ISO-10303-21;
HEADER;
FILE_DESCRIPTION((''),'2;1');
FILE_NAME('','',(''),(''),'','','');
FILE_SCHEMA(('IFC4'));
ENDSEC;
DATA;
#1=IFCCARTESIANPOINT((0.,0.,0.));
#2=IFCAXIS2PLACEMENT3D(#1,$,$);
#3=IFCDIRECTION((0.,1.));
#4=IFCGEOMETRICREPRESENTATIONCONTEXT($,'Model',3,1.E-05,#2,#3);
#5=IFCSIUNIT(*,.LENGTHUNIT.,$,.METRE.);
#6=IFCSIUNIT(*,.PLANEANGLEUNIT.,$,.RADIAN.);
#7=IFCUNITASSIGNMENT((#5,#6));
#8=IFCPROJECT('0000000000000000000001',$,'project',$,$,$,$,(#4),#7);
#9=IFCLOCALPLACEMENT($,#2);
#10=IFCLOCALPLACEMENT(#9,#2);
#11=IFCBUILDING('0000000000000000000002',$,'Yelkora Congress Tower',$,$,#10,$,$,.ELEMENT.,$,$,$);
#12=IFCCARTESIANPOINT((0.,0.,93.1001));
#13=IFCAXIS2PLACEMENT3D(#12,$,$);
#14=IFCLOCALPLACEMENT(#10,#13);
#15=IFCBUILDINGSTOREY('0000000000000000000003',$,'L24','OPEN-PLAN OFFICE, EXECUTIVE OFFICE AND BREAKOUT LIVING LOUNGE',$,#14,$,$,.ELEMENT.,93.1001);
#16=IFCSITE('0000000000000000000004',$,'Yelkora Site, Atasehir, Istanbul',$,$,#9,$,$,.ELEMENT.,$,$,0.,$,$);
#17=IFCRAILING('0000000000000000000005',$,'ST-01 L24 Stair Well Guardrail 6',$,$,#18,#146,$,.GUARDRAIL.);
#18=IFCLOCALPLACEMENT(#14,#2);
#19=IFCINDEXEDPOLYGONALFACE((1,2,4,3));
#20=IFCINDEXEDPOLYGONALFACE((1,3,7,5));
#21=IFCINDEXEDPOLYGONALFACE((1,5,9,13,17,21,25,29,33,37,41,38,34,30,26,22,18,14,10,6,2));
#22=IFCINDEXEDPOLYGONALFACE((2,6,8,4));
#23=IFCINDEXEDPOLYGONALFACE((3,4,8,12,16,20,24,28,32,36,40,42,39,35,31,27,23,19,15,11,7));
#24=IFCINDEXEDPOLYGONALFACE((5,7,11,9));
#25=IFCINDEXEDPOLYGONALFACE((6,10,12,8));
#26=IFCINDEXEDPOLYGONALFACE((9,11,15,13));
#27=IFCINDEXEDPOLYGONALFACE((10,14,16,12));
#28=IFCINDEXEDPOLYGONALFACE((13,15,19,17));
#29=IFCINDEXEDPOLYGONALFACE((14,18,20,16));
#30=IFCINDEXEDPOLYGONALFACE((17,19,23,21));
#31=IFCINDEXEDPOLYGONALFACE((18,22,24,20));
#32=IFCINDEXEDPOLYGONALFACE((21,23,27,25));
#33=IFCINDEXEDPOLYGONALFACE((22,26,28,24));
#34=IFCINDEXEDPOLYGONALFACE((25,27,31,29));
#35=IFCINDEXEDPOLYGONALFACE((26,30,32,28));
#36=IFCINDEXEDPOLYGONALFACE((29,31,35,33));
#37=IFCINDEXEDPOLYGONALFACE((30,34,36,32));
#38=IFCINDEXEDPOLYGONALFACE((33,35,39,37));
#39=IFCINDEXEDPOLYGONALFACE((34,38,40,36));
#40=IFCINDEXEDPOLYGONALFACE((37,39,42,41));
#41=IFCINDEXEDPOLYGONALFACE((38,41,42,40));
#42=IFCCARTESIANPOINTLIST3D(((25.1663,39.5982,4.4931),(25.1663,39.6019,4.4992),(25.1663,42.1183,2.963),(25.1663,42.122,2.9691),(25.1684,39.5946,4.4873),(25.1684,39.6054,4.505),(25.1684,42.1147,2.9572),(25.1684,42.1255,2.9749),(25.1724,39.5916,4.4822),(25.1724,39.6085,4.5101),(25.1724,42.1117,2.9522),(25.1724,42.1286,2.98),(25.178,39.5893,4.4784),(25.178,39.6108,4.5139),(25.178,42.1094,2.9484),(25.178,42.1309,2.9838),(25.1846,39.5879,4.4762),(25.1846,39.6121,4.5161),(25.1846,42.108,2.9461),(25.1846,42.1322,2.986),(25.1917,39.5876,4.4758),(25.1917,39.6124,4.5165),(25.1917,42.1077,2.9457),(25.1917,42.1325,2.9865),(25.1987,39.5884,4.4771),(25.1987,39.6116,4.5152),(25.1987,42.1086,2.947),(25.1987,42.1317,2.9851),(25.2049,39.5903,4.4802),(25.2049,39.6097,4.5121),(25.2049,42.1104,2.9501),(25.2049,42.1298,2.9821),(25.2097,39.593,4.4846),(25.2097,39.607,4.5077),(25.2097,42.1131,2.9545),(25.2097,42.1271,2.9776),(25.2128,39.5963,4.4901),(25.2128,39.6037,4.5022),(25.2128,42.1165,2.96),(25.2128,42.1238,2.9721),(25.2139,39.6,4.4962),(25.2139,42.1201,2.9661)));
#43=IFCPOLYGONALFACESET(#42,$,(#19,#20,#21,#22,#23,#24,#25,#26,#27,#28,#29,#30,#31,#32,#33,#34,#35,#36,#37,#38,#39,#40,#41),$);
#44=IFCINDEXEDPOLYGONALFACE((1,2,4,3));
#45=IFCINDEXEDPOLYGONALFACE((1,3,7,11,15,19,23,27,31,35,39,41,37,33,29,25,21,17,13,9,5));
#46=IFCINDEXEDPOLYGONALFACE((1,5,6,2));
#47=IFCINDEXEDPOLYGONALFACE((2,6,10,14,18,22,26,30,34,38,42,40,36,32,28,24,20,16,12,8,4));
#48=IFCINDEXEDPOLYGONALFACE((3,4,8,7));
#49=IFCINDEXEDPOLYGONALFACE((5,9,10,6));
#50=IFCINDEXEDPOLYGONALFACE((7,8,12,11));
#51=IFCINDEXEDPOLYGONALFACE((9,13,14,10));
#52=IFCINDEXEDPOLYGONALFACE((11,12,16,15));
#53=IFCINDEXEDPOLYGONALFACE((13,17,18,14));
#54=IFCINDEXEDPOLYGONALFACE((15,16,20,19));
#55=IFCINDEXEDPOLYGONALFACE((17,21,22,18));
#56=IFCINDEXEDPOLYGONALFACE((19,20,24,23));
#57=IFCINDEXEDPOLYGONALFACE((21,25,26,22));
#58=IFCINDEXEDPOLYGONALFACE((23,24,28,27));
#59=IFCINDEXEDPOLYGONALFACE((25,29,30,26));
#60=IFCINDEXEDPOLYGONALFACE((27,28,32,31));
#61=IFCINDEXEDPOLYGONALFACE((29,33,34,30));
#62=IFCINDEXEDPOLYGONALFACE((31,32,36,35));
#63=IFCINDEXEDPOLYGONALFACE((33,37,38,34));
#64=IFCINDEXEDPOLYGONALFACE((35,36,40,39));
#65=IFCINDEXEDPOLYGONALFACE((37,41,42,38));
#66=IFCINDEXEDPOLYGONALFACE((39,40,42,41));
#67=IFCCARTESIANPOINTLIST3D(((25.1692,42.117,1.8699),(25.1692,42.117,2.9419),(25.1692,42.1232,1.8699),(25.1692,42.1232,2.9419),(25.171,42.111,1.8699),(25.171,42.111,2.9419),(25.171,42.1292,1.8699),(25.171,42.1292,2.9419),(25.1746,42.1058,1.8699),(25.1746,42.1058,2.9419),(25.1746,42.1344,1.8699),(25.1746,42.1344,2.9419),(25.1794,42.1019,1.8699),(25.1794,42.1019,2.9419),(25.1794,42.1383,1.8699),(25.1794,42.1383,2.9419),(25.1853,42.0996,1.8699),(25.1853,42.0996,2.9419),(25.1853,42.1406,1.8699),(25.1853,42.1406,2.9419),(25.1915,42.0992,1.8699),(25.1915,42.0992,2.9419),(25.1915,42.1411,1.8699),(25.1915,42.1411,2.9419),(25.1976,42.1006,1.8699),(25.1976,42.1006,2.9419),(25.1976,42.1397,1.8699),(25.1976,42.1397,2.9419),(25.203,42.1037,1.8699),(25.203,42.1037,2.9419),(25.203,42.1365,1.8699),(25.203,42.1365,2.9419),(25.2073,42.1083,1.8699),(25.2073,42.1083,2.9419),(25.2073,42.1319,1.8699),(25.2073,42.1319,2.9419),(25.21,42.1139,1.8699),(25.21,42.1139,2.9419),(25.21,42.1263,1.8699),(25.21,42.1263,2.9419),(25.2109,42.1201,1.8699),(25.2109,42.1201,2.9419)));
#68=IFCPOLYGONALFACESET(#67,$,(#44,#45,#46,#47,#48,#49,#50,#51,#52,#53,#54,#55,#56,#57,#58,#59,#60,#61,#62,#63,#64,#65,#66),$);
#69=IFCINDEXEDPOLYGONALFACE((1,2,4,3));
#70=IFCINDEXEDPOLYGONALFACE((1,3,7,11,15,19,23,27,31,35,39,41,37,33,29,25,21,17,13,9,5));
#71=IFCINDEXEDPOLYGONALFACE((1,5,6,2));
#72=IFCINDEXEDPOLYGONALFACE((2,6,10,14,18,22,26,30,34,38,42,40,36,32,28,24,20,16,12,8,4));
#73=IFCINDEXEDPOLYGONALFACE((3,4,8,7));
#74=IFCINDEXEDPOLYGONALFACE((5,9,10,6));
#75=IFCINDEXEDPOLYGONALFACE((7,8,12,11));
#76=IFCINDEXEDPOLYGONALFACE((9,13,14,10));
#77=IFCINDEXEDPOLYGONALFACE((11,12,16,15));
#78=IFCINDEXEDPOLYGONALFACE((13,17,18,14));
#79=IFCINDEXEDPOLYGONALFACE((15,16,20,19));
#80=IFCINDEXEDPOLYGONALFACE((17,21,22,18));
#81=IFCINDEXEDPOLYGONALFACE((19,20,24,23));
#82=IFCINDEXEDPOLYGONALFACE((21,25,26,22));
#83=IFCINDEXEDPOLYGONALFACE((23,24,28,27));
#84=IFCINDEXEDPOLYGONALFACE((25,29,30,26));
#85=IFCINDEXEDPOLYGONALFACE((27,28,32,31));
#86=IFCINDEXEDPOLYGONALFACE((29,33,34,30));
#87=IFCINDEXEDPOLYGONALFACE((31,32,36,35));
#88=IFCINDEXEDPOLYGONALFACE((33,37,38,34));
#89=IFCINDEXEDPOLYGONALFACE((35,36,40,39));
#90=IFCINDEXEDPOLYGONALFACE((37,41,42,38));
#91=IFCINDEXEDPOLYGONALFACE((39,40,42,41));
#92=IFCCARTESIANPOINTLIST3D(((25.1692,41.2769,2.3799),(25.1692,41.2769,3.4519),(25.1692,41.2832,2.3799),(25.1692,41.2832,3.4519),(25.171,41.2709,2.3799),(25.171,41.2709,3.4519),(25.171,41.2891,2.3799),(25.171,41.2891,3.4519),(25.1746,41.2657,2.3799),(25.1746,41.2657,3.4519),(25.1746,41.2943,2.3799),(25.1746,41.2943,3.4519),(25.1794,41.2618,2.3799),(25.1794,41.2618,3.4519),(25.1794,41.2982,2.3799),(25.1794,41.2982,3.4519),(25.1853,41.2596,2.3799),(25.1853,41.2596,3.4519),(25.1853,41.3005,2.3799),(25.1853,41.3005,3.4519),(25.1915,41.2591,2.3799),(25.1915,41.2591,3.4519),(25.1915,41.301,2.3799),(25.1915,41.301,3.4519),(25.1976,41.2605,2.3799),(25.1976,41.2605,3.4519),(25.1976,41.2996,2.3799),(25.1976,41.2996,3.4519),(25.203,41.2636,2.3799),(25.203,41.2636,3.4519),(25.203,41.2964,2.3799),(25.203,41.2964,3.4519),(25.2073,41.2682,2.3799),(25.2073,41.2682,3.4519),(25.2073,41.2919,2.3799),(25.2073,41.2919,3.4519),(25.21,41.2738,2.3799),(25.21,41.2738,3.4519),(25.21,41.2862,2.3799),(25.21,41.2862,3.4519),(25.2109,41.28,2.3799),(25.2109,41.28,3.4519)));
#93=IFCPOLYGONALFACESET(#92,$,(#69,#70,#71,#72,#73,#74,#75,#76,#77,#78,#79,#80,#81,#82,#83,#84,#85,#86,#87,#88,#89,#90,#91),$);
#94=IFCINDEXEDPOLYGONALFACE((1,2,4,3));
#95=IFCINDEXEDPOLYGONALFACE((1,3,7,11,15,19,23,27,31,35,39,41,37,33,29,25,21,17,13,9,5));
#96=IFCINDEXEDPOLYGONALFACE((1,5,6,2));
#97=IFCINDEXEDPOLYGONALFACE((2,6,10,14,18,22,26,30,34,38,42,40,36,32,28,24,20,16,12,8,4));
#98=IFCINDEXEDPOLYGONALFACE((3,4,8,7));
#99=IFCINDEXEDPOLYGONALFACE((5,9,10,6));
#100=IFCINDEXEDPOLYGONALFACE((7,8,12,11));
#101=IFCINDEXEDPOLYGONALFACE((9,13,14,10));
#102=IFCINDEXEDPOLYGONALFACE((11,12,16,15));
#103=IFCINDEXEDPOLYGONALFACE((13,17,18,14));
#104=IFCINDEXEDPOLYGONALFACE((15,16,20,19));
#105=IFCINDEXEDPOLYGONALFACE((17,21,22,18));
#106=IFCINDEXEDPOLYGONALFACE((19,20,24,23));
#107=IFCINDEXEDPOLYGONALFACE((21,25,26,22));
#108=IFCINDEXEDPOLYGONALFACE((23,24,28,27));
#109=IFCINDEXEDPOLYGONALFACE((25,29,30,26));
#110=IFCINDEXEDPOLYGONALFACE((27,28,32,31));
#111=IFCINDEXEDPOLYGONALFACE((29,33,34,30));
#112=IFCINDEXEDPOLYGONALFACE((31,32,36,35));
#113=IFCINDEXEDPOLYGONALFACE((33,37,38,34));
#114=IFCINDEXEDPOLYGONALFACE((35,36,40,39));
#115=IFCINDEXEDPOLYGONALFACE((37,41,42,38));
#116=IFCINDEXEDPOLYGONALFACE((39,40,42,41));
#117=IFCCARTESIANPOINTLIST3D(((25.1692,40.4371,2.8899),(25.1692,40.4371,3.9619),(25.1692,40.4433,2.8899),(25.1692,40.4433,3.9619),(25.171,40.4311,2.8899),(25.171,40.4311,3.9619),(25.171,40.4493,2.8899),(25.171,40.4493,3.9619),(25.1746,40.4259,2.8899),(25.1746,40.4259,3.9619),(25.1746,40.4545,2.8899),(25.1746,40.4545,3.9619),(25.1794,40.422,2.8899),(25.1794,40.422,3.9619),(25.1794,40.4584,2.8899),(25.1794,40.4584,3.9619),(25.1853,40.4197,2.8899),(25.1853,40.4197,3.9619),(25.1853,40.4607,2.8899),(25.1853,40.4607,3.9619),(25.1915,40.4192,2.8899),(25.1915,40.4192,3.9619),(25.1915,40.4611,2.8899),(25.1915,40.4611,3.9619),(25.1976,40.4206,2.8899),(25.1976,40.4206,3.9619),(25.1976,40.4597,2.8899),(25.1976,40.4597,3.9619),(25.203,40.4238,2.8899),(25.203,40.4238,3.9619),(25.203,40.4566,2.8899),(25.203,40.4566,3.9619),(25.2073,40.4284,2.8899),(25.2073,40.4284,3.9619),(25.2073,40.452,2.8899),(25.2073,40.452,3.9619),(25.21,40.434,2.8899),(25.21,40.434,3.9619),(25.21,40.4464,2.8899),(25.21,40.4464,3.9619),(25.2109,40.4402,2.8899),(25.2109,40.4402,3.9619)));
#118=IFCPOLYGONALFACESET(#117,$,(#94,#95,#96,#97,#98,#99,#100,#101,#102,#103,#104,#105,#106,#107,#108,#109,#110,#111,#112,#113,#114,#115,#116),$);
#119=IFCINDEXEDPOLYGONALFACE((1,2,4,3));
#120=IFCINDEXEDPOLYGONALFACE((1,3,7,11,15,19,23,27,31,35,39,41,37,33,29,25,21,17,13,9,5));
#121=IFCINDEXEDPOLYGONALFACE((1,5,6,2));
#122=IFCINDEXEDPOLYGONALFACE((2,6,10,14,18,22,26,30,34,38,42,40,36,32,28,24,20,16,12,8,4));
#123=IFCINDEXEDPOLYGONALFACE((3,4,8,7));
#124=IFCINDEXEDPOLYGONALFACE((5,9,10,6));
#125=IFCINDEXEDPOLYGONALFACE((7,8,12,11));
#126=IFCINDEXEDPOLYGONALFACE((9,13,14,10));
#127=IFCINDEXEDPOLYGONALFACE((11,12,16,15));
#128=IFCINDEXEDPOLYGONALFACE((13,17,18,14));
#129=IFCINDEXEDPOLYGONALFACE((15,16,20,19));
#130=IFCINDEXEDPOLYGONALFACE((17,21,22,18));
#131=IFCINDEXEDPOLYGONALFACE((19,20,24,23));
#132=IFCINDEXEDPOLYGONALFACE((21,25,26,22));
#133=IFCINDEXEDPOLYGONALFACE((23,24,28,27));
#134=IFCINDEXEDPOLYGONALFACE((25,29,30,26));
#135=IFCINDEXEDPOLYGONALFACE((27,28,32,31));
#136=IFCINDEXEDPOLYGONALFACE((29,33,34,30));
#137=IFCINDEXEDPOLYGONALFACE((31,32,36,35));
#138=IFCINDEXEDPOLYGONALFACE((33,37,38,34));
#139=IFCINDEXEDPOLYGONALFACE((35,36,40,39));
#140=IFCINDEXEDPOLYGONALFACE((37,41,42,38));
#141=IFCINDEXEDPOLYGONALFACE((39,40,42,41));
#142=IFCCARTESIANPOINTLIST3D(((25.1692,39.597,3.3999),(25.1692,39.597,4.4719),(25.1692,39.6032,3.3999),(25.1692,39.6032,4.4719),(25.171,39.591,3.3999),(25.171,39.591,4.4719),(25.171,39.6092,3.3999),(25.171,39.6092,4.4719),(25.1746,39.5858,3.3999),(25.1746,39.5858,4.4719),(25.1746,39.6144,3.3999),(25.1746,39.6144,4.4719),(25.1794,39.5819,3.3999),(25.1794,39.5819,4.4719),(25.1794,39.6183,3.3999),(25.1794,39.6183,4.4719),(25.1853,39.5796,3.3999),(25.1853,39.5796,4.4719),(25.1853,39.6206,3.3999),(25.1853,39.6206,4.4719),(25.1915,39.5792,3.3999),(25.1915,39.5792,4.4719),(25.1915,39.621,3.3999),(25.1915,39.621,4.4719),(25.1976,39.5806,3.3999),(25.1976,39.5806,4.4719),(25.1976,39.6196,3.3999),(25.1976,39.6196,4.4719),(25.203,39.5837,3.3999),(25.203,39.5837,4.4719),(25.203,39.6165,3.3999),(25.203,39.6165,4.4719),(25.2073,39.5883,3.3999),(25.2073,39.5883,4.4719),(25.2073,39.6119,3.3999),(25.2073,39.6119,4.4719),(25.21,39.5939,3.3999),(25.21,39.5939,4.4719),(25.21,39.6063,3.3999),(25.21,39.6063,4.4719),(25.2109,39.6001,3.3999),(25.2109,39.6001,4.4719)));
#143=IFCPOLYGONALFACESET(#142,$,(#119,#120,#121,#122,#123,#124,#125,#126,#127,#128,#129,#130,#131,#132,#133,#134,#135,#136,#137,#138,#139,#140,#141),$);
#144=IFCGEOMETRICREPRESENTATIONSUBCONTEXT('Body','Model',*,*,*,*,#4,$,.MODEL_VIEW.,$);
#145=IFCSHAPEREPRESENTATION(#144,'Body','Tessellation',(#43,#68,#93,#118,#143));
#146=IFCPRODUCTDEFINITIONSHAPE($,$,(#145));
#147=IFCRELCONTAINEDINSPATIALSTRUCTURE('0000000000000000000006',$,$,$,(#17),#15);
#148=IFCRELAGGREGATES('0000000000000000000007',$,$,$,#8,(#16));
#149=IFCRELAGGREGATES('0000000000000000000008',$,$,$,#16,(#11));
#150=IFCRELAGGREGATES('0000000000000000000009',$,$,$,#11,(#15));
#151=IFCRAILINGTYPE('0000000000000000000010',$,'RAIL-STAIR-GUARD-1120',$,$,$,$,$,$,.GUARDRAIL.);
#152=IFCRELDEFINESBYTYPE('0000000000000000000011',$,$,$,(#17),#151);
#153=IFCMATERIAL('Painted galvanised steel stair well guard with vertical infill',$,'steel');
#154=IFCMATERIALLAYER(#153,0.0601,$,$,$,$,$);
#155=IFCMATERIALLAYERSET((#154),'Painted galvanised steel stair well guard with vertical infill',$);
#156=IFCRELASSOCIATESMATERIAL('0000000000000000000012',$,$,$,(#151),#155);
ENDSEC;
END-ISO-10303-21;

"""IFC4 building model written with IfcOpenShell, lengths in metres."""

from ifc_helpers import new_model, si_unit, direction, frame, origin, origin_2d, place, context, subcontext, project, spatial, circle, extrude, material, layer, layer_set, type_object, element, save


model = new_model("IFC4")

# Units and contexts
model_context = context("Model", 3, precision=1e-05, world=origin(), true_north=direction((0.0, 1.0)))
body_context = subcontext(model_context, "Body", "Model", "MODEL_VIEW")
ifc_project = project(units=[si_unit("LENGTHUNIT", "METRE"), si_unit("PLANEANGLEUNIT", "RADIAN")], contexts=[model_context])

# Site, building, storey
site_placement = place(None, origin())
site = spatial("IfcSite", under=ifc_project, at=site_placement, Name="Yelkora Site, Atasehir, Istanbul", CompositionType="ELEMENT", RefElevation=0.0)
building_placement = place(site_placement, origin())
building = spatial("IfcBuilding", under=site, at=building_placement, Name="Yelkora Congress Tower", CompositionType="ELEMENT")
storey_placement = place(building_placement, frame((0.0, 0.0, 93.1001)))
storey = spatial("IfcBuildingStorey", under=building, at=storey_placement, Name="L24", Description="OPEN-PLAN OFFICE, EXECUTIVE OFFICE AND BREAKOUT LIVING LOUNGE", CompositionType="ELEMENT", Elevation=93.1001)

# Railing
ifc_material_1 = material(Name="Painted galvanised steel stair well guard with vertical infill", Category="steel")
ifc_layer_1 = layer(ifc_material_1, 0.0601)
ifc_layer_set_1 = layer_set([ifc_layer_1], Name="Painted galvanised steel stair well guard with vertical infill")
railing_type_1 = type_object("IfcRailingType", Name="RAIL-STAIR-GUARD-1120", PredefinedType="GUARDRAIL", material=ifc_layer_set_1)
railing_1_placement = place(storey_placement, frame((25.1899, 42.1201, 1.8699)))
element("IfcRailing", 1, at=railing_1_placement, inside=storey, type_object=railing_type_1, Name="ST-01 L24 Stair Well Guardrail 6", PredefinedType="GUARDRAIL", context=body_context, shape_type="SweptSolid", body=[
    extrude(circle(Radius=0.0239, at=origin_2d()), frame((0.0, 0.0, 1.0962), z_axis=(0.0, -0.854785, 0.518982), x_axis=(1.0, 0.0, 0.0)), (0.0, 0.0, 1.0), 2.9482),
    extrude(circle(Radius=0.021, at=origin_2d()), origin(), (0.0, 0.0, 1.0), 1.072),
    extrude(circle(Radius=0.021, at=origin_2d()), frame((0.0, -0.8401, 0.51)), (0.0, 0.0, 1.0), 1.072),
    extrude(circle(Radius=0.021, at=origin_2d()), frame((0.0, -1.6799, 1.02)), (0.0, 0.0, 1.0), 1.072),
    extrude(circle(Radius=0.021, at=origin_2d()), frame((0.0, -2.52, 1.53)), (0.0, 0.0, 1.0), 1.072),
])

save(model, "model.ifc")
